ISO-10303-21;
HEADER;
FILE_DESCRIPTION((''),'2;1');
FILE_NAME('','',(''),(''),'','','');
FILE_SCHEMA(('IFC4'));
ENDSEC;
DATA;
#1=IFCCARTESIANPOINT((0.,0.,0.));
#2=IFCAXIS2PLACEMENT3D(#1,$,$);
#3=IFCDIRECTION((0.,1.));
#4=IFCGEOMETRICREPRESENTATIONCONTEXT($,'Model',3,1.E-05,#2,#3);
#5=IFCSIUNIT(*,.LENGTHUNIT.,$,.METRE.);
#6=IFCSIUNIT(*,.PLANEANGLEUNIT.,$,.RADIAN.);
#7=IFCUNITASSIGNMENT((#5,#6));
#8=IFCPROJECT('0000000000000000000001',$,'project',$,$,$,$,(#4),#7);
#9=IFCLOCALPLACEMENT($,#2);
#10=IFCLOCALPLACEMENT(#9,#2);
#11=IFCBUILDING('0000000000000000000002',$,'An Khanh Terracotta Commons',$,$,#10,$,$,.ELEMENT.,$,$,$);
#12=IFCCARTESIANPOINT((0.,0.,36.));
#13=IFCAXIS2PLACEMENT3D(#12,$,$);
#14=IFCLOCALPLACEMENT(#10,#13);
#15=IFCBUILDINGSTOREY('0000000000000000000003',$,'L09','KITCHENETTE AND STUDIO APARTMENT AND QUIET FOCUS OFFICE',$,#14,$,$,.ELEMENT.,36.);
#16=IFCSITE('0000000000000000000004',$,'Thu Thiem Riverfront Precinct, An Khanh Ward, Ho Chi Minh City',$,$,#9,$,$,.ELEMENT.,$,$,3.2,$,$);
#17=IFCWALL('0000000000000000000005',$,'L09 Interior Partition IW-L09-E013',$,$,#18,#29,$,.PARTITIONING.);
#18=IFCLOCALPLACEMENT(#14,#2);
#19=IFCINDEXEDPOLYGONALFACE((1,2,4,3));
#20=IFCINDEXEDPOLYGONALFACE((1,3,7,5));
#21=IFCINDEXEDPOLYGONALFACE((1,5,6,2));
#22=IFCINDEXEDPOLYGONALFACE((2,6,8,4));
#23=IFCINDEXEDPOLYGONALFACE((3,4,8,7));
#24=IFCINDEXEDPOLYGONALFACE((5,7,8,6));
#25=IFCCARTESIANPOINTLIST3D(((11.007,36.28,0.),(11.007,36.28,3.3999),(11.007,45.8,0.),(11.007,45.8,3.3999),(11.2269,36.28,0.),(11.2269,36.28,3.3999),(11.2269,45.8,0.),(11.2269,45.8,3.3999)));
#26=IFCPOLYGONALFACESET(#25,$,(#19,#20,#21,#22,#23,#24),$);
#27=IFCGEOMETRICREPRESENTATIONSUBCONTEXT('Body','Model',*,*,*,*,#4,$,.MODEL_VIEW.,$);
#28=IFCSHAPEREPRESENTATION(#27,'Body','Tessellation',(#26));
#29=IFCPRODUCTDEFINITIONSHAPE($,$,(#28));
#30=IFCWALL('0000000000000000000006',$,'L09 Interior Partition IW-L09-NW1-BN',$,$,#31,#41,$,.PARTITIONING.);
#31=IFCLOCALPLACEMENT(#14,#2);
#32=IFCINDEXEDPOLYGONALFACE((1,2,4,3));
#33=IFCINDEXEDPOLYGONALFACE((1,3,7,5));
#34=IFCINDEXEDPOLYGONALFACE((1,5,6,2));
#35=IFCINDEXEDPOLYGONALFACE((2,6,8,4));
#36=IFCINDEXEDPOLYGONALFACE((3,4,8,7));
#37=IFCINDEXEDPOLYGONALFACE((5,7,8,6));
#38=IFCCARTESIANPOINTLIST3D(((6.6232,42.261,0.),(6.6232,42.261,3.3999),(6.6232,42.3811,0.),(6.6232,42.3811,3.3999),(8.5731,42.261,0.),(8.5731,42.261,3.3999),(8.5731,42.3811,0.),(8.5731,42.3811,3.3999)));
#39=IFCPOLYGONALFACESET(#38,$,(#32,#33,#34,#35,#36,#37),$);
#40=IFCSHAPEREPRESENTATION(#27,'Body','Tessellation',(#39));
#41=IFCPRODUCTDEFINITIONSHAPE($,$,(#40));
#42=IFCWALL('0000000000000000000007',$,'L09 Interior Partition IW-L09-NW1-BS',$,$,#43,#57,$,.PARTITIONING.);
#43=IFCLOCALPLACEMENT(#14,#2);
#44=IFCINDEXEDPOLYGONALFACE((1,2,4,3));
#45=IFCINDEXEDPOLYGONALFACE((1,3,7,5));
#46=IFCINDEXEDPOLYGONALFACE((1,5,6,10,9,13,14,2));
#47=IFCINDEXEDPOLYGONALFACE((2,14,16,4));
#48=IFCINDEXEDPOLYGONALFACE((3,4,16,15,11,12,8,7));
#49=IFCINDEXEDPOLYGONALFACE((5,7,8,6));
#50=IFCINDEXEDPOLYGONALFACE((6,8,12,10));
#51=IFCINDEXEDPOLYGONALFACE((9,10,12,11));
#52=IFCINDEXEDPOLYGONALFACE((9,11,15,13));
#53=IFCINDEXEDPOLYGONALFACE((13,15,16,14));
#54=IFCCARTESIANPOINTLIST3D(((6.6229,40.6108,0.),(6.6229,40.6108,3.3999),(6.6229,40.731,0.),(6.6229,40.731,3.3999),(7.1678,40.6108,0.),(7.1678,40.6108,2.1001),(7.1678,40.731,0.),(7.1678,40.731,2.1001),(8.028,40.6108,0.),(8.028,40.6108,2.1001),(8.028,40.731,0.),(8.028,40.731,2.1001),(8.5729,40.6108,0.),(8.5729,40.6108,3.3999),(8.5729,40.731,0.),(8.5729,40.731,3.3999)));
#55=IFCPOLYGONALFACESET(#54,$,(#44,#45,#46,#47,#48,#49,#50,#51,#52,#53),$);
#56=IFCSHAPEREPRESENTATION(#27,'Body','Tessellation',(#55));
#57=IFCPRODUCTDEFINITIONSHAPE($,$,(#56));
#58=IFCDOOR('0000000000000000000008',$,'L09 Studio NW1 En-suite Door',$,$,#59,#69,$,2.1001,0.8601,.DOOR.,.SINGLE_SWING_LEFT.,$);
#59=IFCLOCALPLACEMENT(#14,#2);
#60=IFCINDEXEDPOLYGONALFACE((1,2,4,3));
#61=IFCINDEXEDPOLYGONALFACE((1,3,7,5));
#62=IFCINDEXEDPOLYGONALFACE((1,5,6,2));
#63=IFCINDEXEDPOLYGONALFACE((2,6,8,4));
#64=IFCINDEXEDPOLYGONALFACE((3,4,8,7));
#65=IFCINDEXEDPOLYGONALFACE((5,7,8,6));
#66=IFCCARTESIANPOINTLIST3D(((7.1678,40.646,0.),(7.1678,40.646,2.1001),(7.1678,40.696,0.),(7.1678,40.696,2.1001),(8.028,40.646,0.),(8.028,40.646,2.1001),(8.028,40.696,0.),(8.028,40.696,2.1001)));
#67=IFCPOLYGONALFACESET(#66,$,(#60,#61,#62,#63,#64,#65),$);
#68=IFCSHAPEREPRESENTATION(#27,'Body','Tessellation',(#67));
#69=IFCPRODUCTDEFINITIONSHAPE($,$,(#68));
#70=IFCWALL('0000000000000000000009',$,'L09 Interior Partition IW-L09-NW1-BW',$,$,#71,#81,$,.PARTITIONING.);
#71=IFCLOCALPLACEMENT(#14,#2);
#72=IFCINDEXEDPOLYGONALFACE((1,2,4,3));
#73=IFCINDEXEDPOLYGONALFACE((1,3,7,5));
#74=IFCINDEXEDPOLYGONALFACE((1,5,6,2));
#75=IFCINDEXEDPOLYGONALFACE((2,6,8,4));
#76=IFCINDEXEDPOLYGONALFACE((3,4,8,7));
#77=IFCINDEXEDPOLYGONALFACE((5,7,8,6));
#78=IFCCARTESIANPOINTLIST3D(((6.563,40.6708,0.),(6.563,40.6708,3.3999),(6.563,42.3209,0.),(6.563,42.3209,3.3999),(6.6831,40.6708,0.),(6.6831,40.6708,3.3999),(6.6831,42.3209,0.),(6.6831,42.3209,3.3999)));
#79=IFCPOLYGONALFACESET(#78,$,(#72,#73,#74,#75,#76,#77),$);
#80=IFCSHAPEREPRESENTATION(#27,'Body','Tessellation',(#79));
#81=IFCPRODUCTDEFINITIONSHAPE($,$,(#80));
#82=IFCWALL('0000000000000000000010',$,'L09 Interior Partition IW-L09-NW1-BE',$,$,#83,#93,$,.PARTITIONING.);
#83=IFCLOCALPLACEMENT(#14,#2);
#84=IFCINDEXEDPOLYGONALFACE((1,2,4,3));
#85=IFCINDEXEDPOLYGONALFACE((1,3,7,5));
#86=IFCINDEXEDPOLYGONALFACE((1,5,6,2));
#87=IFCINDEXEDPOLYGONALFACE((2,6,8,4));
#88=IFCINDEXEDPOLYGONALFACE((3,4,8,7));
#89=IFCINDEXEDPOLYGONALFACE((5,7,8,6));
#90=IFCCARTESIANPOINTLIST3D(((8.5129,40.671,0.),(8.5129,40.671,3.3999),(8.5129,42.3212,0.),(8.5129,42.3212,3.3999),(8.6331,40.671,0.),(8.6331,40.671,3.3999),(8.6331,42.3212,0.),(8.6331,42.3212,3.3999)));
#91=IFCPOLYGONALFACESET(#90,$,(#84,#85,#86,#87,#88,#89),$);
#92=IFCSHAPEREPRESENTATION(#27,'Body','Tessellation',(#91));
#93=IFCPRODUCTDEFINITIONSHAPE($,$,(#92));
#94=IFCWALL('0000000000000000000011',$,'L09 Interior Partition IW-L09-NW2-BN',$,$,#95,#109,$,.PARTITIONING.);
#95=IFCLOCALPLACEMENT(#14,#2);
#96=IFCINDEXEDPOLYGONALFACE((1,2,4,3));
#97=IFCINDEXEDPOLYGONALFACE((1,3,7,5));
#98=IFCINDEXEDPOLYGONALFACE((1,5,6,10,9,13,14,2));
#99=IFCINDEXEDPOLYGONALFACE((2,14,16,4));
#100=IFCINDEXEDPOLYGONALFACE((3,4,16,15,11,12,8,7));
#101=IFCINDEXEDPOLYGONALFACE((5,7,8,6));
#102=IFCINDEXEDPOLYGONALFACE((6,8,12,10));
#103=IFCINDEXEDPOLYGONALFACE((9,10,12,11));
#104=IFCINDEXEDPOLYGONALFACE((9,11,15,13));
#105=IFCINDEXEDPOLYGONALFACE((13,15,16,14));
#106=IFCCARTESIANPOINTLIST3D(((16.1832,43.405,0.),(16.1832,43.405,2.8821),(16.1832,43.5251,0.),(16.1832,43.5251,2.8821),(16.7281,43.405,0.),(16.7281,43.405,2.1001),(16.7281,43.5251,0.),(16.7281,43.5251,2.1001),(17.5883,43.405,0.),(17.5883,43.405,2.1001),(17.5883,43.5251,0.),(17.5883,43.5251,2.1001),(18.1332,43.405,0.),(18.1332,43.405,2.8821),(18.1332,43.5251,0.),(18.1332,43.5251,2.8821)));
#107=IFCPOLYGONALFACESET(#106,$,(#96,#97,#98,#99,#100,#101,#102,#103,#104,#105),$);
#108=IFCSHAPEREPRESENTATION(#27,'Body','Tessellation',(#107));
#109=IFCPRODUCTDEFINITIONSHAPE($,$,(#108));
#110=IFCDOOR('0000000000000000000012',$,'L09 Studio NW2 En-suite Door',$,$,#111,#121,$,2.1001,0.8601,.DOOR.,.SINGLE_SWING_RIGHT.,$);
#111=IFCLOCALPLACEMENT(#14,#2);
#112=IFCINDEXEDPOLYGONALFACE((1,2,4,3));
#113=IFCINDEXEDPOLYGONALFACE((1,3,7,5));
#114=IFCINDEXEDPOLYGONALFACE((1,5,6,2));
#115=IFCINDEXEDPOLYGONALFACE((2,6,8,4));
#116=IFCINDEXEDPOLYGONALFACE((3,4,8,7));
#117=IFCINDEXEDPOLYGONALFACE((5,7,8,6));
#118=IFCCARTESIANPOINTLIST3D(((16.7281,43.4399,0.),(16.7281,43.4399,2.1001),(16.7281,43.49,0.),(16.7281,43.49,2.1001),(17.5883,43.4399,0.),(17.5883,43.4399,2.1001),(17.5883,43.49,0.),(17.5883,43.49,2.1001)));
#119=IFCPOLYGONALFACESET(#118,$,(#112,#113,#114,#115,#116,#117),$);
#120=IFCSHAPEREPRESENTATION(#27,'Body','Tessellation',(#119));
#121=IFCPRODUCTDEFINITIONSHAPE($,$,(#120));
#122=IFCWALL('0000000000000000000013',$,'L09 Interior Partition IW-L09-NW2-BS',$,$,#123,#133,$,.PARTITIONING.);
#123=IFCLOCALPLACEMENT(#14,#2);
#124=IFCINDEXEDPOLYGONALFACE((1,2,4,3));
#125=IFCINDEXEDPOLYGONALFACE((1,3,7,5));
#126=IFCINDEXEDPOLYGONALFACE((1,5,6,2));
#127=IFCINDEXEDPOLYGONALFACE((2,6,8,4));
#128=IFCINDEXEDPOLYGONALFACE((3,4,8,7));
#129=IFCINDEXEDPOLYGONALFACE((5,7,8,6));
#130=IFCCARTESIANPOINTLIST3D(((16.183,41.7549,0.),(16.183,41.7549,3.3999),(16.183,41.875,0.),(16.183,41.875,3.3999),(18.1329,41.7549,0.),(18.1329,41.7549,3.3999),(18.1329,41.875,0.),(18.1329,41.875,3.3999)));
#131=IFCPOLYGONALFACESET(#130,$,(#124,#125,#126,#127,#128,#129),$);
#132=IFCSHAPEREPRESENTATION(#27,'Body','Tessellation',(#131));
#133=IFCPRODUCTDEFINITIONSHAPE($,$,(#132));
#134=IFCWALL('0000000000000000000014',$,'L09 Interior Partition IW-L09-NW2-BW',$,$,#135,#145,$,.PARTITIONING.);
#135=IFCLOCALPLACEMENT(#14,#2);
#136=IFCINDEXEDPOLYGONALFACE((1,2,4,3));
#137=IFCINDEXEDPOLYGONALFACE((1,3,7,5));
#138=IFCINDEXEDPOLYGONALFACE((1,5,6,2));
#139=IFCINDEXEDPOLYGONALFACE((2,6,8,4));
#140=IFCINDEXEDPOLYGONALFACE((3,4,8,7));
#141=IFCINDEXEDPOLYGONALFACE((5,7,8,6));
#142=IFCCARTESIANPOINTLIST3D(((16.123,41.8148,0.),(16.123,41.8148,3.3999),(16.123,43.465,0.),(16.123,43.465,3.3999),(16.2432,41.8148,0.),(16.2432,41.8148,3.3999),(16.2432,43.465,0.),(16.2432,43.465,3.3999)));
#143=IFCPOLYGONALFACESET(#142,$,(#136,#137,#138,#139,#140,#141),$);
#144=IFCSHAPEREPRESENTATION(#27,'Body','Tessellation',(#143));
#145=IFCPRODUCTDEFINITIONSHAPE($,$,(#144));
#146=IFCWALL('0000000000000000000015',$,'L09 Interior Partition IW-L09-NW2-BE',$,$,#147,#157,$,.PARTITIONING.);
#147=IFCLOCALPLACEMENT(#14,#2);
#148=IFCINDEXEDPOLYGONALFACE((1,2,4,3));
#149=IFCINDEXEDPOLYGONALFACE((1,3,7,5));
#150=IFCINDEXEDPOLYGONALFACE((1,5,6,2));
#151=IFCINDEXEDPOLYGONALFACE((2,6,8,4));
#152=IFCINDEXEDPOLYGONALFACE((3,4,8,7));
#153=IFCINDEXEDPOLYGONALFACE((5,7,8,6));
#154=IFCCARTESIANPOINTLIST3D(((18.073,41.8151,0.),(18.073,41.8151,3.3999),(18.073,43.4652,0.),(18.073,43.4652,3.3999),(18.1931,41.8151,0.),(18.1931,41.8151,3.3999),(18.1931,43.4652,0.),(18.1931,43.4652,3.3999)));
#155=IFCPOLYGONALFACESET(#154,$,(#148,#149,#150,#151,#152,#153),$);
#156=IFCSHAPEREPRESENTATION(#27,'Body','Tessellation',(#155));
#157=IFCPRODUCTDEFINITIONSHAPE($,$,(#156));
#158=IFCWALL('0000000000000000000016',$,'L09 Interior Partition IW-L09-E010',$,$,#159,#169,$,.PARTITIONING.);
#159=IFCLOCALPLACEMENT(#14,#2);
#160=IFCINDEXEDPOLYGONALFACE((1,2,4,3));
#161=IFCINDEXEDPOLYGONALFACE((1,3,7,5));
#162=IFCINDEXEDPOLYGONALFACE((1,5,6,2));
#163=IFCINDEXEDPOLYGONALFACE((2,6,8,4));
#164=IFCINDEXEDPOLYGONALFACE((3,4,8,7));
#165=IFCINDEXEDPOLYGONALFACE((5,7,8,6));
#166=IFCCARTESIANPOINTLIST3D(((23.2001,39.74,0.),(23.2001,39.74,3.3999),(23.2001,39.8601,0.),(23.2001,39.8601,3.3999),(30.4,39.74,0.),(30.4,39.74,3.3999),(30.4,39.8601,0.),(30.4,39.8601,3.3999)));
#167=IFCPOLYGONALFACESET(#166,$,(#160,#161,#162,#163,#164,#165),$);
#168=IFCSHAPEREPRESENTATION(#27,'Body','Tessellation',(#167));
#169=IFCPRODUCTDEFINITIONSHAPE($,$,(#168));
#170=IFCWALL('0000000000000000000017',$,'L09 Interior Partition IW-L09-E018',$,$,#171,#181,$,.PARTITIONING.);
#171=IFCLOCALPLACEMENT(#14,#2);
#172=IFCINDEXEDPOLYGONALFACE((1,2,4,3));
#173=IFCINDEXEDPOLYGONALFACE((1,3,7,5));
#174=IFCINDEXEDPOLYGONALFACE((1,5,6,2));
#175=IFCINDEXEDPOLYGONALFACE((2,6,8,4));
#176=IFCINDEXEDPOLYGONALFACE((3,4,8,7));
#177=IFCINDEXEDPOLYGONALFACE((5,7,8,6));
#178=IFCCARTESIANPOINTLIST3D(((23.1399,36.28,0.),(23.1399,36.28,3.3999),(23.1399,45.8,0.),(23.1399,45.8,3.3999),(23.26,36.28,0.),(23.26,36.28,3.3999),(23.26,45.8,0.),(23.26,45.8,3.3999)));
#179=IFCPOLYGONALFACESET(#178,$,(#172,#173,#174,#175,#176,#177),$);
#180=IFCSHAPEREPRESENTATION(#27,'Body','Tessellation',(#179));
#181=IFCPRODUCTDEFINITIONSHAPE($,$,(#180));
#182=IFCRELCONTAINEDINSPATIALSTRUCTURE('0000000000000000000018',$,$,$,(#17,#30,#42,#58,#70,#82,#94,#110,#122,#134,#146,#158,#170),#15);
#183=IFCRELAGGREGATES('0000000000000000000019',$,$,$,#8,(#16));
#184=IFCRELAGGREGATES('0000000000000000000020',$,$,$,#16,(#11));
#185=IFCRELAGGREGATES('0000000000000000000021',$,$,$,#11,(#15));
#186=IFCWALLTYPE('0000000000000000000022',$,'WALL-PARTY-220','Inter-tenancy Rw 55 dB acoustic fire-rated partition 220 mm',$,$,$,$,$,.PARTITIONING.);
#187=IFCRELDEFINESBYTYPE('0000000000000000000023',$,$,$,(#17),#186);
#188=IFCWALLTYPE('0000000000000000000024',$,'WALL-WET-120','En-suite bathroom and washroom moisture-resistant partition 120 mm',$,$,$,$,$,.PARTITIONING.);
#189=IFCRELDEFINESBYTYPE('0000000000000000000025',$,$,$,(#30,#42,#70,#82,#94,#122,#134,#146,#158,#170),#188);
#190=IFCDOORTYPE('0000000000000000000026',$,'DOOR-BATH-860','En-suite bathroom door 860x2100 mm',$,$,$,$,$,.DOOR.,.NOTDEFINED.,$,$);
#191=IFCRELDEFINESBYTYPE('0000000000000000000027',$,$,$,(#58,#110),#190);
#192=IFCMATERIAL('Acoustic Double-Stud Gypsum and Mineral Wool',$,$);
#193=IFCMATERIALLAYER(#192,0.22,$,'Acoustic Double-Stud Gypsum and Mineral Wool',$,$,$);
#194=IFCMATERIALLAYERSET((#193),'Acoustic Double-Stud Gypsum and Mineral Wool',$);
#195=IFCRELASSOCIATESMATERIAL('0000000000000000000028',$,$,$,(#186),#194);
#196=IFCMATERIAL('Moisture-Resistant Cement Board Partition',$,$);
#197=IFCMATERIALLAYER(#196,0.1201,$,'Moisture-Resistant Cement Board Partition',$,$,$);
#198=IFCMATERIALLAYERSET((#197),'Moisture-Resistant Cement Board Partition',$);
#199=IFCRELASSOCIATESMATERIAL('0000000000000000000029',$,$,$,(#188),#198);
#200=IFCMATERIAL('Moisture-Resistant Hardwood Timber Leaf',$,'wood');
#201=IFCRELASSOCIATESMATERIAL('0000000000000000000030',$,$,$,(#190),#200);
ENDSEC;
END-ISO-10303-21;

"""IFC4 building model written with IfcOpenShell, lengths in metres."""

from ifc_helpers import new_model, si_unit, direction, frame, frame_2d, origin, place, context, subcontext, project, spatial, rectangle, extrude, material, layer, layer_set, type_object, element, fill, save


model = new_model("IFC4")

# Units and contexts
model_context = context("Model", 3, precision=1e-05, world=origin(), true_north=direction((0.0, 1.0)))
body_context = subcontext(model_context, "Body", "Model", "MODEL_VIEW")
ifc_project = project(units=[si_unit("LENGTHUNIT", "METRE"), si_unit("PLANEANGLEUNIT", "RADIAN")], contexts=[model_context])

# Site, building, storey
site_placement = place(None, origin())
site = spatial("IfcSite", under=ifc_project, at=site_placement, Name="Thu Thiem Riverfront Precinct, An Khanh Ward, Ho Chi Minh City", CompositionType="ELEMENT", RefElevation=3.2)
building_placement = place(site_placement, origin())
building = spatial("IfcBuilding", under=site, at=building_placement, Name="An Khanh Terracotta Commons", CompositionType="ELEMENT")
storey_placement = place(building_placement, frame((0.0, 0.0, 36.0)))
storey = spatial("IfcBuildingStorey", under=building, at=storey_placement, Name="L09", Description="KITCHENETTE AND STUDIO APARTMENT AND QUIET FOCUS OFFICE", CompositionType="ELEMENT", Elevation=36.0)

# Walls
ifc_material_1 = material(Name="Acoustic Double-Stud Gypsum and Mineral Wool")
ifc_layer_1 = layer(ifc_material_1, 0.22, Name="Acoustic Double-Stud Gypsum and Mineral Wool")
ifc_layer_set_1 = layer_set([ifc_layer_1], Name="Acoustic Double-Stud Gypsum and Mineral Wool")
wall_type_1 = type_object("IfcWallType", Name="WALL-PARTY-220", Description="Inter-tenancy Rw 55 dB acoustic fire-rated partition 220 mm", PredefinedType="PARTITIONING", material=ifc_layer_set_1)
wall_1_placement = place(storey_placement, frame((11.1169, 36.28, 0.0), z_axis=(0.0, 0.0, 1.0), x_axis=(0.0, 1.0, 0.0)))
element("IfcWall", 1, at=wall_1_placement, inside=storey, type_object=wall_type_1, Name="L09 Interior Partition IW-L09-E013", PredefinedType="PARTITIONING", context=body_context, shape_type="SweptSolid", body=[
    extrude(rectangle(XDim=9.52, YDim=0.22, at=frame_2d((4.76, 0.0))), origin(), (0.0, 0.0, 1.0), 3.3999),
])
ifc_material_2 = material(Name="Moisture-Resistant Cement Board Partition")
ifc_layer_2 = layer(ifc_material_2, 0.1201, Name="Moisture-Resistant Cement Board Partition")
ifc_layer_set_2 = layer_set([ifc_layer_2], Name="Moisture-Resistant Cement Board Partition")
wall_type_2 = type_object("IfcWallType", Name="WALL-WET-120", Description="En-suite bathroom and washroom moisture-resistant partition 120 mm", PredefinedType="PARTITIONING", material=ifc_layer_set_2)
wall_2_placement = place(storey_placement, frame((6.623, 42.321, 0.0), z_axis=(0.0, 0.0, 1.0), x_axis=(1.0, 0.0, 0.0)))
element("IfcWall", 2, at=wall_2_placement, inside=storey, type_object=wall_type_2, Name="L09 Interior Partition IW-L09-NW1-BN", PredefinedType="PARTITIONING", context=body_context, shape_type="SweptSolid", body=[
    extrude(rectangle(XDim=1.95, YDim=0.1201, at=frame_2d((0.9751, 0.0))), origin(), (0.0, 0.0, 1.0), 3.3999),
])

# Wall, opening, door
wall_3_placement = place(storey_placement, frame((8.573, 40.6709, 0.0), z_axis=(0.0, 0.0, 1.0), x_axis=(-1.0, 0.0, 0.0)))
wall_3 = element("IfcWall", 3, at=wall_3_placement, inside=storey, type_object=wall_type_2, Name="L09 Interior Partition IW-L09-NW1-BS", PredefinedType="PARTITIONING", context=body_context, shape_type="SweptSolid", body=[
    extrude(rectangle(XDim=1.95, YDim=0.1201, at=frame_2d((0.9751, 0.0))), origin(), (0.0, 0.0, 1.0), 3.3999),
])
opening_1_placement = place(wall_3_placement, frame((0.5449, 0.0, 0.0)))
opening_1 = element("IfcOpeningElement", 4, at=opening_1_placement, cuts=wall_3, PredefinedType="OPENING", context=body_context, shape_type="SweptSolid", body=[
    extrude(rectangle(XDim=0.8601, YDim=2.1001, at=frame_2d((0.4302, 1.05))), frame((0.0, 0.0701, 0.0), z_axis=(0.0, -1.0, 0.0), x_axis=(1.0, 0.0, 0.0)), (0.0, 0.0, 1.0), 0.1401),
])
ifc_material_3 = material(Name="Moisture-Resistant Hardwood Timber Leaf", Category="wood")
door_type = type_object("IfcDoorType", Name="DOOR-BATH-860", Description="En-suite bathroom door 860x2100 mm", OperationType="NOTDEFINED", PredefinedType="DOOR", material=ifc_material_3)
door_1_placement = place(opening_1_placement, origin())
door_1 = element("IfcDoor", 5, at=door_1_placement, inside=storey, type_object=door_type, Name="L09 Studio NW1 En-suite Door", OperationType="SINGLE_SWING_LEFT", OverallHeight=2.1001, OverallWidth=0.8601, PredefinedType="DOOR", context=body_context, shape_type="SweptSolid", body=[
    extrude(rectangle(XDim=0.8601, YDim=2.1001, at=frame_2d((0.4302, 1.05))), frame((0.0, 0.0249, 0.0), z_axis=(0.0, -1.0, 0.0), x_axis=(1.0, 0.0, 0.0)), (0.0, 0.0, 1.0), 0.05),
])
fill(opening_1, door_1)

# Walls
for number, where, z_axis, x_axis, name in (
    (6, (6.623, 42.321, 0.0), (0.0, 0.0, 1.0), (0.0, -1.0, 0.0), "L09 Interior Partition IW-L09-NW1-BW"),
    (7, (8.573, 40.6709, 0.0), (0.0, 0.0, 1.0), (0.0, 1.0, 0.0), "L09 Interior Partition IW-L09-NW1-BE"),
):
    element("IfcWall", number, at=place(storey_placement, frame(where, z_axis=z_axis, x_axis=x_axis)), inside=storey, type_object=wall_type_2, Name=name, PredefinedType="PARTITIONING", context=body_context, shape_type="SweptSolid", body=[
        extrude(rectangle(XDim=1.6501, YDim=0.1201, at=frame_2d((0.8252, 0.0))), origin(), (0.0, 0.0, 1.0), 3.3999),
    ])

# Wall, opening, door
wall_4_placement = place(storey_placement, frame((16.1831, 43.4651, 0.0), z_axis=(0.0, 0.0, 1.0), x_axis=(1.0, 0.0, 0.0)))
wall_4 = element("IfcWall", 8, at=wall_4_placement, inside=storey, type_object=wall_type_2, Name="L09 Interior Partition IW-L09-NW2-BN", PredefinedType="PARTITIONING", context=body_context, shape_type="SweptSolid", body=[
    extrude(rectangle(XDim=1.95, YDim=0.1201, at=frame_2d((0.9751, 0.0))), origin(), (0.0, 0.0, 1.0), 2.8821),
])
opening_2_placement = place(wall_4_placement, frame((0.5449, 0.0, 0.0)))
opening_2 = element("IfcOpeningElement", 9, at=opening_2_placement, cuts=wall_4, PredefinedType="OPENING", context=body_context, shape_type="SweptSolid", body=[
    extrude(rectangle(XDim=0.8601, YDim=2.1001, at=frame_2d((0.4302, 1.05))), frame((0.0, 0.0701, 0.0), z_axis=(0.0, -1.0, 0.0), x_axis=(1.0, 0.0, 0.0)), (0.0, 0.0, 1.0), 0.1401),
])
door_2_placement = place(opening_2_placement, origin())
door_2 = element("IfcDoor", 10, at=door_2_placement, inside=storey, type_object=door_type, Name="L09 Studio NW2 En-suite Door", OperationType="SINGLE_SWING_RIGHT", OverallHeight=2.1001, OverallWidth=0.8601, PredefinedType="DOOR", context=body_context, shape_type="SweptSolid", body=[
    extrude(rectangle(XDim=0.8601, YDim=2.1001, at=frame_2d((0.4302, 1.05))), frame((0.0, 0.0249, 0.0), z_axis=(0.0, -1.0, 0.0), x_axis=(1.0, 0.0, 0.0)), (0.0, 0.0, 1.0), 0.05),
])
fill(opening_2, door_2)

# Walls
wall_5_placement = place(storey_placement, frame((18.1331, 41.8149, 0.0), z_axis=(0.0, 0.0, 1.0), x_axis=(-1.0, 0.0, 0.0)))
element("IfcWall", 11, at=wall_5_placement, inside=storey, type_object=wall_type_2, Name="L09 Interior Partition IW-L09-NW2-BS", PredefinedType="PARTITIONING", context=body_context, shape_type="SweptSolid", body=[
    extrude(rectangle(XDim=1.95, YDim=0.1201, at=frame_2d((0.9751, 0.0))), origin(), (0.0, 0.0, 1.0), 3.3999),
])
for number, where, z_axis, x_axis, name in (
    (12, (16.1831, 43.4651, 0.0), (0.0, 0.0, 1.0), (0.0, -1.0, 0.0), "L09 Interior Partition IW-L09-NW2-BW"),
    (13, (18.1331, 41.8149, 0.0), (0.0, 0.0, 1.0), (0.0, 1.0, 0.0), "L09 Interior Partition IW-L09-NW2-BE"),
):
    element("IfcWall", number, at=place(storey_placement, frame(where, z_axis=z_axis, x_axis=x_axis)), inside=storey, type_object=wall_type_2, Name=name, PredefinedType="PARTITIONING", context=body_context, shape_type="SweptSolid", body=[
        extrude(rectangle(XDim=1.6501, YDim=0.1201, at=frame_2d((0.8252, 0.0))), origin(), (0.0, 0.0, 1.0), 3.3999),
    ])
wall_6_placement = place(storey_placement, frame((23.2, 39.8, 0.0), z_axis=(0.0, 0.0, 1.0), x_axis=(1.0, 0.0, 0.0)))
element("IfcWall", 14, at=wall_6_placement, inside=storey, type_object=wall_type_2, Name="L09 Interior Partition IW-L09-E010", PredefinedType="PARTITIONING", context=body_context, shape_type="SweptSolid", body=[
    extrude(rectangle(XDim=7.2, YDim=0.1201, at=frame_2d((3.6001, 0.0))), origin(), (0.0, 0.0, 1.0), 3.3999),
])
wall_7_placement = place(storey_placement, frame((23.2, 36.28, 0.0), z_axis=(0.0, 0.0, 1.0), x_axis=(0.0, 1.0, 0.0)))
element("IfcWall", 15, at=wall_7_placement, inside=storey, type_object=wall_type_2, Name="L09 Interior Partition IW-L09-E018", PredefinedType="PARTITIONING", context=body_context, shape_type="SweptSolid", body=[
    extrude(rectangle(XDim=9.52, YDim=0.1201, at=frame_2d((4.76, 0.0))), origin(), (0.0, 0.0, 1.0), 3.3999),
])

save(model, "model.ifc")
